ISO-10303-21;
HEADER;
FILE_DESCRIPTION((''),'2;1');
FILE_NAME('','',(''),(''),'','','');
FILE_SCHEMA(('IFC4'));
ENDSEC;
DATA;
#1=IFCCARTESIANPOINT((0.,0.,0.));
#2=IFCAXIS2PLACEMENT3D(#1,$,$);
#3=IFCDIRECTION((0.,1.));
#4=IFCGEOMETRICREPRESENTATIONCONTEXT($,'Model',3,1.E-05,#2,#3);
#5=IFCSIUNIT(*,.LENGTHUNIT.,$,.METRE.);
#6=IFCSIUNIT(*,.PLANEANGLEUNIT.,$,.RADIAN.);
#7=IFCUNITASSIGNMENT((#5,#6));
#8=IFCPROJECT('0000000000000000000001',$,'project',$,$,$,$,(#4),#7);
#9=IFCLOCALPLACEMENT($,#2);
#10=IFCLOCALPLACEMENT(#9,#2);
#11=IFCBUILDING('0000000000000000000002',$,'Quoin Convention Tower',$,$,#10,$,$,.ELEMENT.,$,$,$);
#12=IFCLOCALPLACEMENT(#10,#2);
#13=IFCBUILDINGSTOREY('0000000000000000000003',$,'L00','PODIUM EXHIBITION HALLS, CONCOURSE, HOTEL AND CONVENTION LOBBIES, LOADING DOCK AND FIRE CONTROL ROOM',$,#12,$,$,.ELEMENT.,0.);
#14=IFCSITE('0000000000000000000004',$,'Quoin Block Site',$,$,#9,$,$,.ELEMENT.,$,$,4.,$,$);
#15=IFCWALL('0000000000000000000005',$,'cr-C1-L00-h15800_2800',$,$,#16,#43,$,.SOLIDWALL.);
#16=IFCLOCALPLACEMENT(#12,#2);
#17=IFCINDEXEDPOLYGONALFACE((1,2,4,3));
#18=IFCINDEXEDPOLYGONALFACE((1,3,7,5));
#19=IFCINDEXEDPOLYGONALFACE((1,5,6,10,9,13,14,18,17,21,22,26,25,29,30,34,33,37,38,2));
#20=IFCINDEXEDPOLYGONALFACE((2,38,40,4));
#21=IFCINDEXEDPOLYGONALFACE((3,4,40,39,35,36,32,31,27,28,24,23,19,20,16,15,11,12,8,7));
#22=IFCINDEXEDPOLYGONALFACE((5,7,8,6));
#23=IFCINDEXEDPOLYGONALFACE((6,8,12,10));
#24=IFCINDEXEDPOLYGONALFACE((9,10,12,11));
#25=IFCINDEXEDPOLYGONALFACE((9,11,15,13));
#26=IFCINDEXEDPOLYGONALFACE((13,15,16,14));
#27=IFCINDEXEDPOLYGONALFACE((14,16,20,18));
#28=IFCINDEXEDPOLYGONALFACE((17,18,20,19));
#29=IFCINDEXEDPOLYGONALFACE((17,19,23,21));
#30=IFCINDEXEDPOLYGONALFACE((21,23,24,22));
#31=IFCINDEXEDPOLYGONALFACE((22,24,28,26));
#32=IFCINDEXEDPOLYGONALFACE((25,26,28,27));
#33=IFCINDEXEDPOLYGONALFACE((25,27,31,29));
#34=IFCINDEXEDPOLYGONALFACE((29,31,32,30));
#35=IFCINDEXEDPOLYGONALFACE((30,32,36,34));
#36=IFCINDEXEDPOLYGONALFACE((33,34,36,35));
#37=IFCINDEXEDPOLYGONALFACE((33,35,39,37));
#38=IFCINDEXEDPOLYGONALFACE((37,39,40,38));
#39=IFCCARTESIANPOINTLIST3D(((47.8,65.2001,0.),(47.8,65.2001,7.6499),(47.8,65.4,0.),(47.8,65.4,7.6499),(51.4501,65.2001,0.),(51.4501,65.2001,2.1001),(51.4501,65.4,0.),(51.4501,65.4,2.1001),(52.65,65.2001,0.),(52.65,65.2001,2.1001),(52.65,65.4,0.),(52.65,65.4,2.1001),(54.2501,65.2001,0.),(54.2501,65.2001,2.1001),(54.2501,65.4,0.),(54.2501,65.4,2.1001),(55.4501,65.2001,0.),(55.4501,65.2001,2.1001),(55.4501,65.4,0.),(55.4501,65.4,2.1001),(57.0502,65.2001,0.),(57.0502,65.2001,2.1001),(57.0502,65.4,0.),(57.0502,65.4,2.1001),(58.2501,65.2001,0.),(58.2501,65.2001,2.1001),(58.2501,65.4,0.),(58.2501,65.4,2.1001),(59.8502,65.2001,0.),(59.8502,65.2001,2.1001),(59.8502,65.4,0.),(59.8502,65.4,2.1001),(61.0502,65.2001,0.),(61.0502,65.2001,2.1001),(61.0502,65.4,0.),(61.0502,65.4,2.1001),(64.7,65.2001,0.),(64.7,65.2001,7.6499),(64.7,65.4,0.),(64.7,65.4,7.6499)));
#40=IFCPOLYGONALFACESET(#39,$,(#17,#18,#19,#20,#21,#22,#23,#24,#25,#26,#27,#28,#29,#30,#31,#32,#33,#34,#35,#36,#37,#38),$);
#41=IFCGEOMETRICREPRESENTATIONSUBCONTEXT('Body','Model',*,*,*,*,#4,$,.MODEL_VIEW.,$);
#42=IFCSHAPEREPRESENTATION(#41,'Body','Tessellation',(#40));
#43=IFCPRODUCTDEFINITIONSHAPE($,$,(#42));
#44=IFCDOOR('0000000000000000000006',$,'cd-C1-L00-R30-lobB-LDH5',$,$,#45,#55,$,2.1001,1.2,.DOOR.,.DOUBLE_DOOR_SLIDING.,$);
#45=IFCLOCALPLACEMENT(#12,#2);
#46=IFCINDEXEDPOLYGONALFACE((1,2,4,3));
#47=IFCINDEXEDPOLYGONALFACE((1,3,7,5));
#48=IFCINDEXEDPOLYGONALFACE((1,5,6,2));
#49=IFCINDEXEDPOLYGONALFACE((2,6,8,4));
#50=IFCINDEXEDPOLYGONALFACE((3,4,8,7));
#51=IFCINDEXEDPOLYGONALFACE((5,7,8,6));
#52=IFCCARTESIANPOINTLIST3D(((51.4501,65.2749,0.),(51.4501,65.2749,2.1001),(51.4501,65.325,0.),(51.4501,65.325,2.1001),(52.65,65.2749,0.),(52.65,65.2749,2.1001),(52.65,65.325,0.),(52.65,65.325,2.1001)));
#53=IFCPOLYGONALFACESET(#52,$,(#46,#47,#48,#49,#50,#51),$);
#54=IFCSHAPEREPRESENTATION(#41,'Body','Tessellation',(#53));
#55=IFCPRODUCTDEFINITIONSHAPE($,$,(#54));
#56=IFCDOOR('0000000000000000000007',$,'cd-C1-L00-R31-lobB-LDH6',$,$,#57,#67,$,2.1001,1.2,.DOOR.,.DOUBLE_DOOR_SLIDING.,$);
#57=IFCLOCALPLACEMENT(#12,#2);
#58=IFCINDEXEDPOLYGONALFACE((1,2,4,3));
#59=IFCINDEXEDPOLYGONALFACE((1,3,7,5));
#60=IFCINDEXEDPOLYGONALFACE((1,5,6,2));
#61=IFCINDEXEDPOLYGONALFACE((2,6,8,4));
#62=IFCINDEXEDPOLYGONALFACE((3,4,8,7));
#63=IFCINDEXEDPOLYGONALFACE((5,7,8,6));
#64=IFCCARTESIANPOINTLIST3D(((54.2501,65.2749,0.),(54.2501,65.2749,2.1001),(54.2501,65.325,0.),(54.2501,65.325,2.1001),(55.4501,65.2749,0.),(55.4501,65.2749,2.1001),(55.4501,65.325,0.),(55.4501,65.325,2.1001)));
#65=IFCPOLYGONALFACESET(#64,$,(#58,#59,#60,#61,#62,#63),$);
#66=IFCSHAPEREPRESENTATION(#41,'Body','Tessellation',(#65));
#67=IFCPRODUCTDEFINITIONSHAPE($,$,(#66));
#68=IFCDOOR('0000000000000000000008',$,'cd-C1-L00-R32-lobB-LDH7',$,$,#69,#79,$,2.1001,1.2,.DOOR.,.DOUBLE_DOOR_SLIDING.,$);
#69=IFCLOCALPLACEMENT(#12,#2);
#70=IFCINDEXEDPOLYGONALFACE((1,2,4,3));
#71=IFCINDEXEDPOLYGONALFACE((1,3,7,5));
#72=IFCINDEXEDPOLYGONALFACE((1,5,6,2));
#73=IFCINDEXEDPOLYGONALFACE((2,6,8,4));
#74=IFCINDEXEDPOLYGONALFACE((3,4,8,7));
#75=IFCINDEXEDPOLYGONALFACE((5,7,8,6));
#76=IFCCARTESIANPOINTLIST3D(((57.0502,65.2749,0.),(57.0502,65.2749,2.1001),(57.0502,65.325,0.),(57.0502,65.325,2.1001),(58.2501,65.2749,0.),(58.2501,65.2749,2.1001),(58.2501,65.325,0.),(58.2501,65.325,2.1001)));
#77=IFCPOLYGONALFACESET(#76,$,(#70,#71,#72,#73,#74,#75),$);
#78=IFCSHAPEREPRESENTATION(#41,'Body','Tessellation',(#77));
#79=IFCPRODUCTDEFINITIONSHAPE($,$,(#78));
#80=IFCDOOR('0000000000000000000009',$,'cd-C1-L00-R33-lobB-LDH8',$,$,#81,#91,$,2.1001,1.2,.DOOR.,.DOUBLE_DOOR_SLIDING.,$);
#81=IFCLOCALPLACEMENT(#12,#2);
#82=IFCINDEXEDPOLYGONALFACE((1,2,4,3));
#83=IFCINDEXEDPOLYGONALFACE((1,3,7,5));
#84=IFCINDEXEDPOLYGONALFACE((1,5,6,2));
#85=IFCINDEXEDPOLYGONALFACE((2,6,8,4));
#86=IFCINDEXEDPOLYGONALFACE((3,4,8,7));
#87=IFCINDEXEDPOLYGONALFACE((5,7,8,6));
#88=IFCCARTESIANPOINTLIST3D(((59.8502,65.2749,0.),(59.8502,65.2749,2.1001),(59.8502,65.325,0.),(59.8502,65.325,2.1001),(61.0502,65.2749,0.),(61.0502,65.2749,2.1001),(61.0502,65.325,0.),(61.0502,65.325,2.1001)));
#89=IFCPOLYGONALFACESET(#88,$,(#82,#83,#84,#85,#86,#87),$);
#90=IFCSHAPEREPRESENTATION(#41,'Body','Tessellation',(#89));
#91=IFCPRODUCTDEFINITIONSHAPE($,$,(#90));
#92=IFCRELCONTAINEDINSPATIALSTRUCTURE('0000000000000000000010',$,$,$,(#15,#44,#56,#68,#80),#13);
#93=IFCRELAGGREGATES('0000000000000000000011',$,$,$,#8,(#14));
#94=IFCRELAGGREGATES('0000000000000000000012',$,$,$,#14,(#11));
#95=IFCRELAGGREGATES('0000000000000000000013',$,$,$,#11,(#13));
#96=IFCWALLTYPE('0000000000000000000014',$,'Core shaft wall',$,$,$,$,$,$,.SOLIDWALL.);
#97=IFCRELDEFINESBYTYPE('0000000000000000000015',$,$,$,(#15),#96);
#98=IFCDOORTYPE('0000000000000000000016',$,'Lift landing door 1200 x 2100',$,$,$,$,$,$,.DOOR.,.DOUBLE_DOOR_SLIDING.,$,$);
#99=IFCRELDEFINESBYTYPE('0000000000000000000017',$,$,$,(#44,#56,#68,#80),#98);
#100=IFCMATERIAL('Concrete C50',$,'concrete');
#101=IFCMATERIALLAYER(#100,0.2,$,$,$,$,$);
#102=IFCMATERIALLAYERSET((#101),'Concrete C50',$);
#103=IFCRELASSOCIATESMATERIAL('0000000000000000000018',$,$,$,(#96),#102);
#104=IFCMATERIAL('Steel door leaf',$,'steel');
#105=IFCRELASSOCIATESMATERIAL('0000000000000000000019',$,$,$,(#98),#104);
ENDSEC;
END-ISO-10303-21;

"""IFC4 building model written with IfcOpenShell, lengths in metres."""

from ifc_helpers import new_model, si_unit, direction, frame, frame_2d, origin, place, context, subcontext, project, spatial, rectangle, extrude, material, layer, layer_set, type_object, element, fill, save


model = new_model("IFC4")

# Units and contexts
model_context = context("Model", 3, precision=1e-05, world=origin(), true_north=direction((0.0, 1.0)))
body_context = subcontext(model_context, "Body", "Model", "MODEL_VIEW")
ifc_project = project(units=[si_unit("LENGTHUNIT", "METRE"), si_unit("PLANEANGLEUNIT", "RADIAN")], contexts=[model_context])

# Site, building, storey
site_placement = place(None, origin())
site = spatial("IfcSite", under=ifc_project, at=site_placement, Name="Quoin Block Site", CompositionType="ELEMENT", RefElevation=4.0)
building_placement = place(site_placement, origin())
building = spatial("IfcBuilding", under=site, at=building_placement, Name="Quoin Convention Tower", CompositionType="ELEMENT")
storey_placement = place(building_placement, origin())
storey = spatial("IfcBuildingStorey", under=building, at=storey_placement, Name="L00", Description="PODIUM EXHIBITION HALLS, CONCOURSE, HOTEL AND CONVENTION LOBBIES, LOADING DOCK AND FIRE CONTROL ROOM", CompositionType="ELEMENT", Elevation=0.0)

# Shared definitions
ifc_material_1 = material(Name="Steel door leaf", Category="steel")

# Shared definitions
ifc_material_2 = material(Name="Concrete C50", Category="concrete")
ifc_layer_1 = layer(ifc_material_2, 0.2)
ifc_layer_set_1 = layer_set([ifc_layer_1], Name="Concrete C50")
wall_type_1 = type_object("IfcWallType", Name="Core shaft wall", PredefinedType="SOLIDWALL", material=ifc_layer_set_1)

# Wall, openings, doors
wall_1_placement = place(storey_placement, frame((47.8, 65.3, 0.0), z_axis=(0.0, 0.0, 1.0), x_axis=(1.0, 0.0, 0.0)))
wall_1 = element("IfcWall", 1, at=wall_1_placement, inside=storey, type_object=wall_type_1, Name="cr-C1-L00-h15800_2800", PredefinedType="SOLIDWALL", context=body_context, shape_type="SweptSolid", body=[
    extrude(rectangle(XDim=16.8999, YDim=0.2, at=frame_2d((8.45, 0.0))), origin(), (0.0, 0.0, 1.0), 7.6499),
])
opening_1_placement = place(wall_1_placement, frame((3.6499, 0.0, 0.0)))
opening_1 = element("IfcOpeningElement", 2, at=opening_1_placement, cuts=wall_1, PredefinedType="OPENING", context=body_context, shape_type="SweptSolid", body=[
    extrude(rectangle(XDim=1.2, YDim=2.1001, at=frame_2d((0.6001, 1.05))), frame((0.0, 0.1099, 0.0), z_axis=(0.0, -1.0, 0.0), x_axis=(1.0, 0.0, 0.0)), (0.0, 0.0, 1.0), 0.22),
])
opening_2_placement = place(wall_1_placement, frame((6.45, 0.0, 0.0)))
opening_2 = element("IfcOpeningElement", 3, at=opening_2_placement, cuts=wall_1, PredefinedType="OPENING", context=body_context, shape_type="SweptSolid", body=[
    extrude(rectangle(XDim=1.2, YDim=2.1001, at=frame_2d((0.6001, 1.05))), frame((0.0, 0.1099, 0.0), z_axis=(0.0, -1.0, 0.0), x_axis=(1.0, 0.0, 0.0)), (0.0, 0.0, 1.0), 0.22),
])
opening_3_placement = place(wall_1_placement, frame((9.25, 0.0, 0.0)))
opening_3 = element("IfcOpeningElement", 4, at=opening_3_placement, cuts=wall_1, PredefinedType="OPENING", context=body_context, shape_type="SweptSolid", body=[
    extrude(rectangle(XDim=1.2, YDim=2.1001, at=frame_2d((0.6001, 1.05))), frame((0.0, 0.1099, 0.0), z_axis=(0.0, -1.0, 0.0), x_axis=(1.0, 0.0, 0.0)), (0.0, 0.0, 1.0), 0.22),
])
opening_4_placement = place(wall_1_placement, frame((12.05, 0.0, 0.0)))
opening_4 = element("IfcOpeningElement", 5, at=opening_4_placement, cuts=wall_1, PredefinedType="OPENING", context=body_context, shape_type="SweptSolid", body=[
    extrude(rectangle(XDim=1.2, YDim=2.1001, at=frame_2d((0.6001, 1.05))), frame((0.0, 0.1099, 0.0), z_axis=(0.0, -1.0, 0.0), x_axis=(1.0, 0.0, 0.0)), (0.0, 0.0, 1.0), 0.22),
])
door_type_1 = type_object("IfcDoorType", Name="Lift landing door 1200 x 2100", OperationType="DOUBLE_DOOR_SLIDING", PredefinedType="DOOR", material=ifc_material_1)
door_1_placement = place(opening_1_placement, origin())
door_1 = element("IfcDoor", 6, at=door_1_placement, inside=storey, type_object=door_type_1, Name="cd-C1-L00-R30-lobB-LDH5", OperationType="DOUBLE_DOOR_SLIDING", OverallHeight=2.1001, OverallWidth=1.2, PredefinedType="DOOR", context=body_context, shape_type="SweptSolid", body=[
    extrude(rectangle(XDim=1.2, YDim=2.1001, at=frame_2d((0.6001, 1.05))), frame((0.0, 0.0249, 0.0), z_axis=(0.0, -1.0, 0.0), x_axis=(1.0, 0.0, 0.0)), (0.0, 0.0, 1.0), 0.05),
])
fill(opening_1, door_1)
door_2_placement = place(opening_2_placement, origin())
door_2 = element("IfcDoor", 7, at=door_2_placement, inside=storey, type_object=door_type_1, Name="cd-C1-L00-R31-lobB-LDH6", OperationType="DOUBLE_DOOR_SLIDING", OverallHeight=2.1001, OverallWidth=1.2, PredefinedType="DOOR", context=body_context, shape_type="SweptSolid", body=[
    extrude(rectangle(XDim=1.2, YDim=2.1001, at=frame_2d((0.6001, 1.05))), frame((0.0, 0.0249, 0.0), z_axis=(0.0, -1.0, 0.0), x_axis=(1.0, 0.0, 0.0)), (0.0, 0.0, 1.0), 0.05),
])
fill(opening_2, door_2)
door_3_placement = place(opening_3_placement, origin())
door_3 = element("IfcDoor", 8, at=door_3_placement, inside=storey, type_object=door_type_1, Name="cd-C1-L00-R32-lobB-LDH7", OperationType="DOUBLE_DOOR_SLIDING", OverallHeight=2.1001, OverallWidth=1.2, PredefinedType="DOOR", context=body_context, shape_type="SweptSolid", body=[
    extrude(rectangle(XDim=1.2, YDim=2.1001, at=frame_2d((0.6001, 1.05))), frame((0.0, 0.0249, 0.0), z_axis=(0.0, -1.0, 0.0), x_axis=(1.0, 0.0, 0.0)), (0.0, 0.0, 1.0), 0.05),
])
fill(opening_3, door_3)
door_4_placement = place(opening_4_placement, origin())
door_4 = element("IfcDoor", 9, at=door_4_placement, inside=storey, type_object=door_type_1, Name="cd-C1-L00-R33-lobB-LDH8", OperationType="DOUBLE_DOOR_SLIDING", OverallHeight=2.1001, OverallWidth=1.2, PredefinedType="DOOR", context=body_context, shape_type="SweptSolid", body=[
    extrude(rectangle(XDim=1.2, YDim=2.1001, at=frame_2d((0.6001, 1.05))), frame((0.0, 0.0249, 0.0), z_axis=(0.0, -1.0, 0.0), x_axis=(1.0, 0.0, 0.0)), (0.0, 0.0, 1.0), 0.05),
])
fill(opening_4, door_4)

save(model, "model.ifc")
